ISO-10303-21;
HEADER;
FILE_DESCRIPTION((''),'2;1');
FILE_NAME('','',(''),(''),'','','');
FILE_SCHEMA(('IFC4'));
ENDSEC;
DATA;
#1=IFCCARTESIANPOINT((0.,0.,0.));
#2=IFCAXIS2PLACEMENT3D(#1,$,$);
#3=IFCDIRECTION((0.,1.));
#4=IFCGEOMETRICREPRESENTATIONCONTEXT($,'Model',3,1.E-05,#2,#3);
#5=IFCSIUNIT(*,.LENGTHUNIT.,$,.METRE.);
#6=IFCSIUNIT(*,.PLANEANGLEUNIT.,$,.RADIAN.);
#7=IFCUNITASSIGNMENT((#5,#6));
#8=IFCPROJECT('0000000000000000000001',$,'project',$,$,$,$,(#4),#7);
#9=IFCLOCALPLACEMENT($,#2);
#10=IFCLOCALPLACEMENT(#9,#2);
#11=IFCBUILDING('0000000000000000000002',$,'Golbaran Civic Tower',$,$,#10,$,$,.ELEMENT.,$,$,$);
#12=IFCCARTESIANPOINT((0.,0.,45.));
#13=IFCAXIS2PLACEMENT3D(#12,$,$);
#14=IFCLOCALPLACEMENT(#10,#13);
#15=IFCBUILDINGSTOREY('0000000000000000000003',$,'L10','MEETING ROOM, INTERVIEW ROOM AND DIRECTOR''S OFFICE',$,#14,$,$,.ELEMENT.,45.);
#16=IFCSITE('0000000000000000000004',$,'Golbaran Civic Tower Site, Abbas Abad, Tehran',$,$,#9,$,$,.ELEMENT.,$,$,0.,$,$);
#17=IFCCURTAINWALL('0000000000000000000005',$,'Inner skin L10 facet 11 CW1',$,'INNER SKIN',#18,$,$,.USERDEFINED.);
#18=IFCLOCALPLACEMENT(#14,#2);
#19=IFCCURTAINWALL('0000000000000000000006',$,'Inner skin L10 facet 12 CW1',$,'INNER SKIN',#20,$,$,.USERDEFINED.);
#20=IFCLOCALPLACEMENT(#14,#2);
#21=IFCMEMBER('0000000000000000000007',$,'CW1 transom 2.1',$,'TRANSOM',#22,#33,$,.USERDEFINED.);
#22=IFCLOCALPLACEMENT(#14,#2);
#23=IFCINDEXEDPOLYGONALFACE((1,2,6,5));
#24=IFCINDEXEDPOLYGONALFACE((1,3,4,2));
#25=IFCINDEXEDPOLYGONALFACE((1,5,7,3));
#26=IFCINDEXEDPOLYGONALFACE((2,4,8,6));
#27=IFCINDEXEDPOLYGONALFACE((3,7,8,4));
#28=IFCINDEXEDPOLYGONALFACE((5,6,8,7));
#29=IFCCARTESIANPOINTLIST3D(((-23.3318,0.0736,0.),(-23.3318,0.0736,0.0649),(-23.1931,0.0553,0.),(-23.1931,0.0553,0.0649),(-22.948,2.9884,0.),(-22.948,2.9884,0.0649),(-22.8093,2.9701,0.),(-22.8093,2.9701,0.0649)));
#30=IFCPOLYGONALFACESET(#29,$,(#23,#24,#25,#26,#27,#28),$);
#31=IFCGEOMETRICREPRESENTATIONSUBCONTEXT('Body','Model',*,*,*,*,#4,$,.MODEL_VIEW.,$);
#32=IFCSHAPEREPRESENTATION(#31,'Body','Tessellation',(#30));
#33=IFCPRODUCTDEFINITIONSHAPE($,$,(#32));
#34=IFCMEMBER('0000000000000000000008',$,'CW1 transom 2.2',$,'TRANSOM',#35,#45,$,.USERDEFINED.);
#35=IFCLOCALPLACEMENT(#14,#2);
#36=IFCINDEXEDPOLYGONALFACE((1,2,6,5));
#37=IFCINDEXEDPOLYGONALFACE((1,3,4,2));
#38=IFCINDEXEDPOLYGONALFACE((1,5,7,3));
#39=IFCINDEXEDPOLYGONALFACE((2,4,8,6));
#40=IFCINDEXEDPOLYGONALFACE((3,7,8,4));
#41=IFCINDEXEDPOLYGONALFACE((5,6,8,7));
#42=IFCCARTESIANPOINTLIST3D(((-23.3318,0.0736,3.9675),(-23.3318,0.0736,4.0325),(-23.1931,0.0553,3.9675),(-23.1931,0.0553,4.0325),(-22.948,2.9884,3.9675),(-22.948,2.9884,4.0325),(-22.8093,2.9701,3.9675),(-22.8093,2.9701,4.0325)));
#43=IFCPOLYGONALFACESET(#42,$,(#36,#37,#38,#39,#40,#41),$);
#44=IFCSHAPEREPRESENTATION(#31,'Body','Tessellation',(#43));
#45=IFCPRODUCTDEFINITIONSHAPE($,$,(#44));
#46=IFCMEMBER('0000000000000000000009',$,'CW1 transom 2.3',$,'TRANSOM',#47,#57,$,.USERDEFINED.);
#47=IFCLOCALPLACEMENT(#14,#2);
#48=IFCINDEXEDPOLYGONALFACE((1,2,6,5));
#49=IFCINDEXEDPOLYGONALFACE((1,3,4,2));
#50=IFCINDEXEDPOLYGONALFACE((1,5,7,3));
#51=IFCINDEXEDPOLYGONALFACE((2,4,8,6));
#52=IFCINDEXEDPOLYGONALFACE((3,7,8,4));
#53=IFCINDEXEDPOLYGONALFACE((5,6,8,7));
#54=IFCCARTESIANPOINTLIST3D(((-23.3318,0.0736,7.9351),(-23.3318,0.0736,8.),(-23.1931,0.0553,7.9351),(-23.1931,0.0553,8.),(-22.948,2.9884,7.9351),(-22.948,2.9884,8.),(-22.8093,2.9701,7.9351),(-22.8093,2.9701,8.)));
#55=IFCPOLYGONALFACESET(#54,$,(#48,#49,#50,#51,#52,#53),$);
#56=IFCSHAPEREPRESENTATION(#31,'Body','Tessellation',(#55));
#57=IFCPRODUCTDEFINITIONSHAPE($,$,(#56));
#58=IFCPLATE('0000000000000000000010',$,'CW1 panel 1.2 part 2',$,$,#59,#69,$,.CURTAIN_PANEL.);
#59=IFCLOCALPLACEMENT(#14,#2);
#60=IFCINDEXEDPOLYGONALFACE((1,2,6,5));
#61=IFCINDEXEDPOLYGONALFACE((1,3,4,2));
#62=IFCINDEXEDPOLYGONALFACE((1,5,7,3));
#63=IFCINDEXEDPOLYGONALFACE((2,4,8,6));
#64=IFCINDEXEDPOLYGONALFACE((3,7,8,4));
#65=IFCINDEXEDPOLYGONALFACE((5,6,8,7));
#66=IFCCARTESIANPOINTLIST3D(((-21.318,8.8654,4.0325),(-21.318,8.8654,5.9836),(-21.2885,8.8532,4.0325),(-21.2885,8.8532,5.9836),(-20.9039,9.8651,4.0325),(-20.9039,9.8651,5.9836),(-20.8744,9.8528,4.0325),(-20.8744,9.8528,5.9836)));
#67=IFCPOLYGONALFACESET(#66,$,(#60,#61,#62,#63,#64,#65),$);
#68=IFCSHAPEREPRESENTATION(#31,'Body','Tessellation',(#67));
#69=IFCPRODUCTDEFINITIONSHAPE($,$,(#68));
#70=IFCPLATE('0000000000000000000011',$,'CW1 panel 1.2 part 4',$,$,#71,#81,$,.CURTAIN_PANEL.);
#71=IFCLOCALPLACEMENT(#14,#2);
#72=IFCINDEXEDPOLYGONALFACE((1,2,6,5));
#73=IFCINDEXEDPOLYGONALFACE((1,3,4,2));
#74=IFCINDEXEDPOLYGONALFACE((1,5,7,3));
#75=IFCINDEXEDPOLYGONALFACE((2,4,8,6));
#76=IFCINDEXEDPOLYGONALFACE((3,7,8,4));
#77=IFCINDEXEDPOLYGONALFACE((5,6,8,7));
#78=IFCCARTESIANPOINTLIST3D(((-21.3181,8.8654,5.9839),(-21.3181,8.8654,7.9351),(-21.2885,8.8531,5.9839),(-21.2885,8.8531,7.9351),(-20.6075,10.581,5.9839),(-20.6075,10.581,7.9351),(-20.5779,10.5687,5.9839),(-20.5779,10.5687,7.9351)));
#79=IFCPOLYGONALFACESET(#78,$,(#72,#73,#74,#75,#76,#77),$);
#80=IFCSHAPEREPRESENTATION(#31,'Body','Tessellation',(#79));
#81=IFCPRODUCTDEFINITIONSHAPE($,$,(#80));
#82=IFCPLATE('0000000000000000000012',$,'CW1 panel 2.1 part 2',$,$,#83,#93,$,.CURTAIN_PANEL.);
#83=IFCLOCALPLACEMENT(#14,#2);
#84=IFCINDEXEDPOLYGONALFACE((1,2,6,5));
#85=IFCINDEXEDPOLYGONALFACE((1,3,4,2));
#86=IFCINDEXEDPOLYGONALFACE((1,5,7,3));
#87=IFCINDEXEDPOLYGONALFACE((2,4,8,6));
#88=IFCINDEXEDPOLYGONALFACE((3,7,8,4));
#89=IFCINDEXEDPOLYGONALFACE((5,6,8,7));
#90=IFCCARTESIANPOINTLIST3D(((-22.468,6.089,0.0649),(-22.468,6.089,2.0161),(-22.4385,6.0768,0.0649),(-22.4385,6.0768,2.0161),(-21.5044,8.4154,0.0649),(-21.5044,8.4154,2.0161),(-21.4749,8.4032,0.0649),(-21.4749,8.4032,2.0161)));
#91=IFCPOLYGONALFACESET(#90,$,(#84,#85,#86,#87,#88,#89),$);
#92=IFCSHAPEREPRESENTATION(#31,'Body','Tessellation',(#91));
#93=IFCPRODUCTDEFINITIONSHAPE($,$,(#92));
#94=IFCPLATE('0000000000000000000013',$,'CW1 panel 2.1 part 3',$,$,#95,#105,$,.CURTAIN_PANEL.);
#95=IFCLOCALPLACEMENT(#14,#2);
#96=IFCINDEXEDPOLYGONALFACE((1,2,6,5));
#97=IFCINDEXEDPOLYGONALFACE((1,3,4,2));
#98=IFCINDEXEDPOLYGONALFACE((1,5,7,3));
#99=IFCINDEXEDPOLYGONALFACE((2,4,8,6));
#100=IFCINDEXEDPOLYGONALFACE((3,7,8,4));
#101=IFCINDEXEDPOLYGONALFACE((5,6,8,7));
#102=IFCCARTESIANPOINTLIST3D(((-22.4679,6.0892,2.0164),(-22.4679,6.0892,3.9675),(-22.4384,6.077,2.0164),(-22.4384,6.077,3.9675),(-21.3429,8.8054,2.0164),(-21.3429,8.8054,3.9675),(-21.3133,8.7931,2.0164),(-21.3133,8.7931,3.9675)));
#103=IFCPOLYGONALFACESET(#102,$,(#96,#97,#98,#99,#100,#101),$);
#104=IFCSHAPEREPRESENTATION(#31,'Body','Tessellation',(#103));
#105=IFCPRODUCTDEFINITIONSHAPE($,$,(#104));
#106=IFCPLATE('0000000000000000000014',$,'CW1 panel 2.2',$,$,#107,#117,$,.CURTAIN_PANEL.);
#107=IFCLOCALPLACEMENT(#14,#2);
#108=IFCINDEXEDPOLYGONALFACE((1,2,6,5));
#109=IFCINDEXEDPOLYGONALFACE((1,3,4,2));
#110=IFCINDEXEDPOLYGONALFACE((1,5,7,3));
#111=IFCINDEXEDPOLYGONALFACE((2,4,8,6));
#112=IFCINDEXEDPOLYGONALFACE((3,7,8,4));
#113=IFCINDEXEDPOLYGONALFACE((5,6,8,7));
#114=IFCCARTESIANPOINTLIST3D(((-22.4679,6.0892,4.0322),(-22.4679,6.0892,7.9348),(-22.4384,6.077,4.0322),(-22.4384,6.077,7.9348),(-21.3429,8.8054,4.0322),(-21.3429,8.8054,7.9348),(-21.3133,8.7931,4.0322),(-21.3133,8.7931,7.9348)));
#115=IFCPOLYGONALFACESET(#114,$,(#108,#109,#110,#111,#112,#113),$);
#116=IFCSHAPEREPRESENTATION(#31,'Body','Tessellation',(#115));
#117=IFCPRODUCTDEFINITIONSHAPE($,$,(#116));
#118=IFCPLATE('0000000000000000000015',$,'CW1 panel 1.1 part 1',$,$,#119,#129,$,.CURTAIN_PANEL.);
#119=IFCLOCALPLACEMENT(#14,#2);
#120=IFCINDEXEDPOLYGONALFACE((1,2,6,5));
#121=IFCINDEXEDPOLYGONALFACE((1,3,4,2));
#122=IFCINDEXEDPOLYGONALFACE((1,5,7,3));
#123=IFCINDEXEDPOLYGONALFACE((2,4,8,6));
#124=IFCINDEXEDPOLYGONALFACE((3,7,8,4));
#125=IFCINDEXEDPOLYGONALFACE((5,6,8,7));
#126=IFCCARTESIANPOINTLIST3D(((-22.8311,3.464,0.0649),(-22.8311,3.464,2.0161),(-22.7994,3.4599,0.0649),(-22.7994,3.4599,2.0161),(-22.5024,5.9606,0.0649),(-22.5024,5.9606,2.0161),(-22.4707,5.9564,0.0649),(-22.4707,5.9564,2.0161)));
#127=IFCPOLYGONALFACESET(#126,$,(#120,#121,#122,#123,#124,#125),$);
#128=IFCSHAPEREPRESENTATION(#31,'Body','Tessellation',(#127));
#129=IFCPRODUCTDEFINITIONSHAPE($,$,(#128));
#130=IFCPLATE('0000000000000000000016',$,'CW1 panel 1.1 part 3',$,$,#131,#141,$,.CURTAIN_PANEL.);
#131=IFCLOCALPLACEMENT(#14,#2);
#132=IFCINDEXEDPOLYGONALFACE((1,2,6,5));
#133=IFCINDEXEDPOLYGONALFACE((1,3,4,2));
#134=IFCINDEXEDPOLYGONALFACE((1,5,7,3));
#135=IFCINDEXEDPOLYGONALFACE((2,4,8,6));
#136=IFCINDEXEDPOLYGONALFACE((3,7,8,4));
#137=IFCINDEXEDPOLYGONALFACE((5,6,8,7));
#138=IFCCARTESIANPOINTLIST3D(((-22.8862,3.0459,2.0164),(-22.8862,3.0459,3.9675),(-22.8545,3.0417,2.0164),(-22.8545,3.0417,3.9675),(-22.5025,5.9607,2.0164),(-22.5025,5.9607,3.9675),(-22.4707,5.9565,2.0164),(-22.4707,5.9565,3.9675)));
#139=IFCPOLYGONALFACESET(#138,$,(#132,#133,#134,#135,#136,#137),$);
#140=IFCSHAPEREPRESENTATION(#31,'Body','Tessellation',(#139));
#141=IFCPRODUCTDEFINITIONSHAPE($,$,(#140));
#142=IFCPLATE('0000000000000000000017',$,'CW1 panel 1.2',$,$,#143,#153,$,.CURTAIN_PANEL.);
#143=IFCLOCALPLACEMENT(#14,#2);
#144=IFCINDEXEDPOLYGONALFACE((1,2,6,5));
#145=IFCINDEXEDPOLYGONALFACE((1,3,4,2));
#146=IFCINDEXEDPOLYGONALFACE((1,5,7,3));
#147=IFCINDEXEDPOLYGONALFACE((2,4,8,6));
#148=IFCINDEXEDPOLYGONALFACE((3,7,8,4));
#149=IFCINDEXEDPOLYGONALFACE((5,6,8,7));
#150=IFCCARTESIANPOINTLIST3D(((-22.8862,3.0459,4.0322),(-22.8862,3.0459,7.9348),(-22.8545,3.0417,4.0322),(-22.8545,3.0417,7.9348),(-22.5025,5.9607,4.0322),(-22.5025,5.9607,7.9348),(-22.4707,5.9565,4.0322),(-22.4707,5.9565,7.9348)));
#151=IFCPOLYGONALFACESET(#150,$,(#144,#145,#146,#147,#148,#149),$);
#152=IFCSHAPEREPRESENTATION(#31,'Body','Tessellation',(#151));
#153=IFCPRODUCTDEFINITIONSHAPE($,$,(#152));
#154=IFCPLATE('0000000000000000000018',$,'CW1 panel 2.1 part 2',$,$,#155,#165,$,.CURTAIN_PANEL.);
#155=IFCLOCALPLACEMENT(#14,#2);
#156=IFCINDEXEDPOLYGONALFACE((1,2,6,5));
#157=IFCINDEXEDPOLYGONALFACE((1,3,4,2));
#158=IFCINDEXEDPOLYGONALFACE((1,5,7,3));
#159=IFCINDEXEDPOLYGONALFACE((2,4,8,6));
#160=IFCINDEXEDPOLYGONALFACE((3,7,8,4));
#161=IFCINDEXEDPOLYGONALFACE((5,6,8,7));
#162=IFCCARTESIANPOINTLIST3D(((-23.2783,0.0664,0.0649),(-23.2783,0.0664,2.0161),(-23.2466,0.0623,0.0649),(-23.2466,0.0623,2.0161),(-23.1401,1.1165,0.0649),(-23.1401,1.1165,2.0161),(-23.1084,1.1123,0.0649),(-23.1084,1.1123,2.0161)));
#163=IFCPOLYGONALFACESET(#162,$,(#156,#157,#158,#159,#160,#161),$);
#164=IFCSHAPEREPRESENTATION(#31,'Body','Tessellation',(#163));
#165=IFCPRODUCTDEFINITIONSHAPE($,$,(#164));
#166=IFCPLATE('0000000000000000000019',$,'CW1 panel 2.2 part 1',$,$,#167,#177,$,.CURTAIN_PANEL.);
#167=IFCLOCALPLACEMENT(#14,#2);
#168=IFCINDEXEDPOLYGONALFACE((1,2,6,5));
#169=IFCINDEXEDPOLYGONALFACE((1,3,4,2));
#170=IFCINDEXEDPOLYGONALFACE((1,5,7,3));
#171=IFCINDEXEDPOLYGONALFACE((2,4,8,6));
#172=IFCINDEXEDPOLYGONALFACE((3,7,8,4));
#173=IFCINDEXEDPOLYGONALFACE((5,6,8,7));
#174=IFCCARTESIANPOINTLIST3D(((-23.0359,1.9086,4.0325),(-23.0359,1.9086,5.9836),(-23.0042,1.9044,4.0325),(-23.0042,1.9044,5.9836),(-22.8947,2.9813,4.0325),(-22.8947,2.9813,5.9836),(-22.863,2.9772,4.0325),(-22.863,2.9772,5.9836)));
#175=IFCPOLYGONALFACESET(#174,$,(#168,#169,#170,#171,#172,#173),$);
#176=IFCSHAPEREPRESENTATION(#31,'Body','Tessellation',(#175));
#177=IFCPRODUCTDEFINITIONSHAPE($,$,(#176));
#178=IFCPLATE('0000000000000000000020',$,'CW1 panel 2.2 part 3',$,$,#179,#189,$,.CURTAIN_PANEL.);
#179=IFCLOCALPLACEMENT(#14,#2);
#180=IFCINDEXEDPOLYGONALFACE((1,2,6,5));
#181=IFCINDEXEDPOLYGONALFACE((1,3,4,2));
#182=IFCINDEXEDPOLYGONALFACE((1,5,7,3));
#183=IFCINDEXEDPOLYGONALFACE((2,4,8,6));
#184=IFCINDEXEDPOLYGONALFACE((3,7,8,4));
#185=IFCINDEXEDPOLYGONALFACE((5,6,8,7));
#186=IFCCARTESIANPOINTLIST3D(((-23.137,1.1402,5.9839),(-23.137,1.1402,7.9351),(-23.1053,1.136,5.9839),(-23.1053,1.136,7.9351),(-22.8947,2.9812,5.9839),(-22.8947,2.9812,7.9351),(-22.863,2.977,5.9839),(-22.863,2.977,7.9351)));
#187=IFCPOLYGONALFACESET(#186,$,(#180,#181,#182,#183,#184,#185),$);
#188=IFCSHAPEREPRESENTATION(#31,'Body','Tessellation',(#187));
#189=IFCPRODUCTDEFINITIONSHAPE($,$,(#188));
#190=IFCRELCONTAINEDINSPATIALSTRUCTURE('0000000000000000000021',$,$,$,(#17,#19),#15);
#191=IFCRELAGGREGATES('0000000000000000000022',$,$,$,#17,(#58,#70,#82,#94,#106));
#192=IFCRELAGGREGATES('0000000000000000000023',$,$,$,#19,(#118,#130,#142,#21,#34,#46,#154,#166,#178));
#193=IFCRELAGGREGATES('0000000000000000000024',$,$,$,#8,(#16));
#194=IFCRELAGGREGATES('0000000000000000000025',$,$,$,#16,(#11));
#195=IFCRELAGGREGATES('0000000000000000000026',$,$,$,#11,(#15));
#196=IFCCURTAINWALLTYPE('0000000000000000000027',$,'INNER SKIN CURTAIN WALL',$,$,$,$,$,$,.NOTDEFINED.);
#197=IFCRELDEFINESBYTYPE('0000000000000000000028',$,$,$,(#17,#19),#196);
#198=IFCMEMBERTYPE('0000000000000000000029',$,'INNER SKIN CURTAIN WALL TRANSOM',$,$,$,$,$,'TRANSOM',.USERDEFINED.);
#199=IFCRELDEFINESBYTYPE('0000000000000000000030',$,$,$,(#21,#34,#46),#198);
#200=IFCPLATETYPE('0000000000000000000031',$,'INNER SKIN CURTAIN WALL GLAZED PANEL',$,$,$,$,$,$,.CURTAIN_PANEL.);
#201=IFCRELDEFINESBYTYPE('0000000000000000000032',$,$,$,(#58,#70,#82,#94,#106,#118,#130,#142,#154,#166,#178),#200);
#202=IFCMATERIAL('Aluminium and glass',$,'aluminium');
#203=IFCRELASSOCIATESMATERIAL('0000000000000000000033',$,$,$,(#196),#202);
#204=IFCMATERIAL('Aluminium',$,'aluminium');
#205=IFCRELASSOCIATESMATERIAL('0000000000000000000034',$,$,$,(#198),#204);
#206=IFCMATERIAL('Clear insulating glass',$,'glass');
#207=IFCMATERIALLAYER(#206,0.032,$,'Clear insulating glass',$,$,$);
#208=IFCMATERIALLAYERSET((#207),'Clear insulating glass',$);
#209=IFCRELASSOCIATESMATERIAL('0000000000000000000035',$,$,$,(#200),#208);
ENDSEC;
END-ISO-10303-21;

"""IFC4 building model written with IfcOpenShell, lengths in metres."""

from ifc_helpers import new_model, si_unit, direction, frame, origin, origin_2d, place, context, subcontext, project, spatial, rectangle, extrude, material, layer, layer_set, material_profile, profile_set, type_object, element, aggregate, save


model = new_model("IFC4")

# Units and contexts
model_context = context("Model", 3, precision=1e-05, world=origin(), true_north=direction((0.0, 1.0)))
body_context = subcontext(model_context, "Body", "Model", "MODEL_VIEW")
ifc_project = project(units=[si_unit("LENGTHUNIT", "METRE"), si_unit("PLANEANGLEUNIT", "RADIAN")], contexts=[model_context])

# Site, building, storey
site_placement = place(None, origin())
site = spatial("IfcSite", under=ifc_project, at=site_placement, Name="Golbaran Civic Tower Site, Abbas Abad, Tehran", CompositionType="ELEMENT", RefElevation=0.0)
building_placement = place(site_placement, origin())
building = spatial("IfcBuilding", under=site, at=building_placement, Name="Golbaran Civic Tower", CompositionType="ELEMENT")
storey_placement = place(building_placement, frame((0.0, 0.0, 45.0)))
storey = spatial("IfcBuildingStorey", under=building, at=storey_placement, Name="L10", Description="MEETING ROOM, INTERVIEW ROOM AND DIRECTOR'S OFFICE", CompositionType="ELEMENT", Elevation=45.0)

# Curtain walls
ifc_material_1 = material(Name="Aluminium and glass", Category="aluminium")
curtain_wall_type = type_object("IfcCurtainWallType", Name="INNER SKIN CURTAIN WALL", PredefinedType="NOTDEFINED", material=ifc_material_1)
curtain_wall_1_placement = place(storey_placement, origin())
curtain_wall_1 = element("IfcCurtainWall", 1, at=curtain_wall_1_placement, inside=storey, type_object=curtain_wall_type, Name="Inner skin L10 facet 11 CW1", ObjectType="INNER SKIN", PredefinedType="USERDEFINED")
ifc_material_2 = material(Name="Aluminium", Category="aluminium")
curtain_wall_2_placement = place(storey_placement, origin())
curtain_wall_2 = element("IfcCurtainWall", 2, at=curtain_wall_2_placement, inside=storey, type_object=curtain_wall_type, Name="Inner skin L10 facet 12 CW1", ObjectType="INNER SKIN", PredefinedType="USERDEFINED")

# Members
ifc_material_profile_1 = material_profile(ifc_material_2, rectangle(XDim=0.1399, YDim=0.0649, at=origin_2d()), Name="INNER SKIN CURTAIN WALL TRANSOM")
ifc_profile_set_1 = profile_set([ifc_material_profile_1], Name="Aluminium")
member_type_1 = type_object("IfcMemberType", Name="INNER SKIN CURTAIN WALL TRANSOM", ElementType="TRANSOM", PredefinedType="USERDEFINED", material=ifc_profile_set_1)
member_1_placement = place(storey_placement, frame((-22.8787, 2.9792, 0.0325), z_axis=(-0.130543, -0.991443, 0.0), x_axis=(0.991443, -0.130543, 0.0)))
member_1 = element("IfcMember", 3, at=member_1_placement, type_object=member_type_1, Name="CW1 transom 2.1", ObjectType="TRANSOM", PredefinedType="USERDEFINED", context=body_context, shape_type="SweptSolid", body=[
    extrude(rectangle(XDim=0.1399, YDim=0.0649, at=origin_2d()), origin(), (0.0, 0.0, 1.0), 2.9399),
])
member_2_placement = place(storey_placement, frame((-22.8787, 2.9792, 4.0), z_axis=(-0.130543, -0.991443, 0.0), x_axis=(0.991443, -0.130543, 0.0)))
member_2 = element("IfcMember", 4, at=member_2_placement, type_object=member_type_1, Name="CW1 transom 2.2", ObjectType="TRANSOM", PredefinedType="USERDEFINED", context=body_context, shape_type="SweptSolid", body=[
    extrude(rectangle(XDim=0.1399, YDim=0.0649, at=origin_2d()), origin(), (0.0, 0.0, 1.0), 2.9399),
])
member_3_placement = place(storey_placement, frame((-22.8787, 2.9792, 7.9675), z_axis=(-0.130543, -0.991443, 0.0), x_axis=(0.991443, -0.130543, 0.0)))
member_3 = element("IfcMember", 5, at=member_3_placement, type_object=member_type_1, Name="CW1 transom 2.3", ObjectType="TRANSOM", PredefinedType="USERDEFINED", context=body_context, shape_type="SweptSolid", body=[
    extrude(rectangle(XDim=0.1399, YDim=0.0649, at=origin_2d()), origin(), (0.0, 0.0, 1.0), 2.9399),
])

# Plates
ifc_material_3 = material(Name="Clear insulating glass", Category="glass")
ifc_layer_1 = layer(ifc_material_3, 0.032, Name="Clear insulating glass")
ifc_layer_set_1 = layer_set([ifc_layer_1], Name="Clear insulating glass")
plate_type_1 = type_object("IfcPlateType", Name="INNER SKIN CURTAIN WALL GLAZED PANEL", PredefinedType="CURTAIN_PANEL", material=ifc_layer_set_1)
plate_1_placement = place(storey_placement, frame((-21.0962, 9.3591, 4.0325), z_axis=(0.0, 0.0, 1.0), x_axis=(-0.382683, -0.92388, 0.0)))
plate_1 = element("IfcPlate", 6, at=plate_1_placement, type_object=plate_type_1, Name="CW1 panel 1.2 part 2", PredefinedType="CURTAIN_PANEL", context=body_context, shape_type="SweptSolid", body=[
    extrude(rectangle(XDim=1.082, YDim=0.032, at=origin_2d()), origin(), (0.0, 0.0, 1.0), 1.9512),
])
plate_2_placement = place(storey_placement, frame((-20.948, 9.717, 5.9839), z_axis=(0.0, 0.0, 1.0), x_axis=(-0.382683, -0.92388, 0.0)))
plate_2 = element("IfcPlate", 7, at=plate_2_placement, type_object=plate_type_1, Name="CW1 panel 1.2 part 4", PredefinedType="CURTAIN_PANEL", context=body_context, shape_type="SweptSolid", body=[
    extrude(rectangle(XDim=1.8569, YDim=0.032, at=origin_2d()), origin(), (0.0, 0.0, 1.0), 1.9512),
])
plate_3_placement = place(storey_placement, frame((-21.9714, 7.2461, 0.0649), z_axis=(0.0, 0.0, 1.0), x_axis=(-0.382683, -0.92388, 0.0)))
plate_3 = element("IfcPlate", 8, at=plate_3_placement, type_object=plate_type_1, Name="CW1 panel 2.1 part 2", PredefinedType="CURTAIN_PANEL", context=body_context, shape_type="SweptSolid", body=[
    extrude(rectangle(XDim=2.5181, YDim=0.032, at=origin_2d()), origin(), (0.0, 0.0, 1.0), 1.9512),
])
plate_4_placement = place(storey_placement, frame((-21.8906, 7.4412, 2.0164), z_axis=(0.0, 0.0, 1.0), x_axis=(-0.382683, -0.92388, 0.0)))
plate_4 = element("IfcPlate", 9, at=plate_4_placement, type_object=plate_type_1, Name="CW1 panel 2.1 part 3", PredefinedType="CURTAIN_PANEL", context=body_context, shape_type="SweptSolid", body=[
    extrude(rectangle(XDim=2.9399, YDim=0.032, at=origin_2d()), origin(), (0.0, 0.0, 1.0), 1.9512),
])
plate_5_placement = place(storey_placement, frame((-21.8906, 7.4412, 4.0322), z_axis=(0.0, 0.0, 1.0), x_axis=(-0.382683, -0.92388, 0.0)))
plate_5 = element("IfcPlate", 10, at=plate_5_placement, type_object=plate_type_1, Name="CW1 panel 2.2", PredefinedType="CURTAIN_PANEL", context=body_context, shape_type="SweptSolid", body=[
    extrude(rectangle(XDim=2.9399, YDim=0.032, at=origin_2d()), origin(), (0.0, 0.0, 1.0), 3.9026),
])
plate_6_placement = place(storey_placement, frame((-22.6509, 4.7102, 0.0649), z_axis=(0.0, 0.0, 1.0), x_axis=(-0.130526, -0.991445, 0.0)))
plate_6 = element("IfcPlate", 11, at=plate_6_placement, type_object=plate_type_1, Name="CW1 panel 1.1 part 1", PredefinedType="CURTAIN_PANEL", context=body_context, shape_type="SweptSolid", body=[
    extrude(rectangle(XDim=2.5181, YDim=0.032, at=origin_2d()), origin(), (0.0, 0.0, 1.0), 1.9512),
])
plate_7_placement = place(storey_placement, frame((-22.6785, 4.5012, 2.0164), z_axis=(0.0, 0.0, 1.0), x_axis=(-0.130526, -0.991445, 0.0)))
plate_7 = element("IfcPlate", 12, at=plate_7_placement, type_object=plate_type_1, Name="CW1 panel 1.1 part 3", PredefinedType="CURTAIN_PANEL", context=body_context, shape_type="SweptSolid", body=[
    extrude(rectangle(XDim=2.9399, YDim=0.032, at=origin_2d()), origin(), (0.0, 0.0, 1.0), 1.9512),
])
plate_8_placement = place(storey_placement, frame((-22.6785, 4.5012, 4.0322), z_axis=(0.0, 0.0, 1.0), x_axis=(-0.130526, -0.991445, 0.0)))
plate_8 = element("IfcPlate", 13, at=plate_8_placement, type_object=plate_type_1, Name="CW1 panel 1.2", PredefinedType="CURTAIN_PANEL", context=body_context, shape_type="SweptSolid", body=[
    extrude(rectangle(XDim=2.9399, YDim=0.032, at=origin_2d()), origin(), (0.0, 0.0, 1.0), 3.9026),
])
plate_9_placement = place(storey_placement, frame((-23.1934, 0.5894, 0.0649), z_axis=(0.0, 0.0, 1.0), x_axis=(-0.130526, -0.991445, 0.0)))
plate_9 = element("IfcPlate", 14, at=plate_9_placement, type_object=plate_type_1, Name="CW1 panel 2.1 part 2", PredefinedType="CURTAIN_PANEL", context=body_context, shape_type="SweptSolid", body=[
    extrude(rectangle(XDim=1.0591, YDim=0.032, at=origin_2d()), origin(), (0.0, 0.0, 1.0), 1.9512),
])
plate_10_placement = place(storey_placement, frame((-22.9495, 2.4429, 4.0325), z_axis=(0.0, 0.0, 1.0), x_axis=(-0.130526, -0.991445, 0.0)))
plate_10 = element("IfcPlate", 15, at=plate_10_placement, type_object=plate_type_1, Name="CW1 panel 2.2 part 1", PredefinedType="CURTAIN_PANEL", context=body_context, shape_type="SweptSolid", body=[
    extrude(rectangle(XDim=1.082, YDim=0.032, at=origin_2d()), origin(), (0.0, 0.0, 1.0), 1.9512),
])
plate_11_placement = place(storey_placement, frame((-23.0, 2.0586, 5.9839), z_axis=(0.0, 0.0, 1.0), x_axis=(-0.130526, -0.991445, 0.0)))
plate_11 = element("IfcPlate", 16, at=plate_11_placement, type_object=plate_type_1, Name="CW1 panel 2.2 part 3", PredefinedType="CURTAIN_PANEL", context=body_context, shape_type="SweptSolid", body=[
    extrude(rectangle(XDim=1.8569, YDim=0.032, at=origin_2d()), origin(), (0.0, 0.0, 1.0), 1.9512),
])
aggregate(curtain_wall_1, [plate_1, plate_2, plate_3, plate_4, plate_5])
aggregate(curtain_wall_2, [plate_6, plate_7, plate_8, member_1, member_2, member_3, plate_9, plate_10, plate_11])

save(model, "model.ifc")
